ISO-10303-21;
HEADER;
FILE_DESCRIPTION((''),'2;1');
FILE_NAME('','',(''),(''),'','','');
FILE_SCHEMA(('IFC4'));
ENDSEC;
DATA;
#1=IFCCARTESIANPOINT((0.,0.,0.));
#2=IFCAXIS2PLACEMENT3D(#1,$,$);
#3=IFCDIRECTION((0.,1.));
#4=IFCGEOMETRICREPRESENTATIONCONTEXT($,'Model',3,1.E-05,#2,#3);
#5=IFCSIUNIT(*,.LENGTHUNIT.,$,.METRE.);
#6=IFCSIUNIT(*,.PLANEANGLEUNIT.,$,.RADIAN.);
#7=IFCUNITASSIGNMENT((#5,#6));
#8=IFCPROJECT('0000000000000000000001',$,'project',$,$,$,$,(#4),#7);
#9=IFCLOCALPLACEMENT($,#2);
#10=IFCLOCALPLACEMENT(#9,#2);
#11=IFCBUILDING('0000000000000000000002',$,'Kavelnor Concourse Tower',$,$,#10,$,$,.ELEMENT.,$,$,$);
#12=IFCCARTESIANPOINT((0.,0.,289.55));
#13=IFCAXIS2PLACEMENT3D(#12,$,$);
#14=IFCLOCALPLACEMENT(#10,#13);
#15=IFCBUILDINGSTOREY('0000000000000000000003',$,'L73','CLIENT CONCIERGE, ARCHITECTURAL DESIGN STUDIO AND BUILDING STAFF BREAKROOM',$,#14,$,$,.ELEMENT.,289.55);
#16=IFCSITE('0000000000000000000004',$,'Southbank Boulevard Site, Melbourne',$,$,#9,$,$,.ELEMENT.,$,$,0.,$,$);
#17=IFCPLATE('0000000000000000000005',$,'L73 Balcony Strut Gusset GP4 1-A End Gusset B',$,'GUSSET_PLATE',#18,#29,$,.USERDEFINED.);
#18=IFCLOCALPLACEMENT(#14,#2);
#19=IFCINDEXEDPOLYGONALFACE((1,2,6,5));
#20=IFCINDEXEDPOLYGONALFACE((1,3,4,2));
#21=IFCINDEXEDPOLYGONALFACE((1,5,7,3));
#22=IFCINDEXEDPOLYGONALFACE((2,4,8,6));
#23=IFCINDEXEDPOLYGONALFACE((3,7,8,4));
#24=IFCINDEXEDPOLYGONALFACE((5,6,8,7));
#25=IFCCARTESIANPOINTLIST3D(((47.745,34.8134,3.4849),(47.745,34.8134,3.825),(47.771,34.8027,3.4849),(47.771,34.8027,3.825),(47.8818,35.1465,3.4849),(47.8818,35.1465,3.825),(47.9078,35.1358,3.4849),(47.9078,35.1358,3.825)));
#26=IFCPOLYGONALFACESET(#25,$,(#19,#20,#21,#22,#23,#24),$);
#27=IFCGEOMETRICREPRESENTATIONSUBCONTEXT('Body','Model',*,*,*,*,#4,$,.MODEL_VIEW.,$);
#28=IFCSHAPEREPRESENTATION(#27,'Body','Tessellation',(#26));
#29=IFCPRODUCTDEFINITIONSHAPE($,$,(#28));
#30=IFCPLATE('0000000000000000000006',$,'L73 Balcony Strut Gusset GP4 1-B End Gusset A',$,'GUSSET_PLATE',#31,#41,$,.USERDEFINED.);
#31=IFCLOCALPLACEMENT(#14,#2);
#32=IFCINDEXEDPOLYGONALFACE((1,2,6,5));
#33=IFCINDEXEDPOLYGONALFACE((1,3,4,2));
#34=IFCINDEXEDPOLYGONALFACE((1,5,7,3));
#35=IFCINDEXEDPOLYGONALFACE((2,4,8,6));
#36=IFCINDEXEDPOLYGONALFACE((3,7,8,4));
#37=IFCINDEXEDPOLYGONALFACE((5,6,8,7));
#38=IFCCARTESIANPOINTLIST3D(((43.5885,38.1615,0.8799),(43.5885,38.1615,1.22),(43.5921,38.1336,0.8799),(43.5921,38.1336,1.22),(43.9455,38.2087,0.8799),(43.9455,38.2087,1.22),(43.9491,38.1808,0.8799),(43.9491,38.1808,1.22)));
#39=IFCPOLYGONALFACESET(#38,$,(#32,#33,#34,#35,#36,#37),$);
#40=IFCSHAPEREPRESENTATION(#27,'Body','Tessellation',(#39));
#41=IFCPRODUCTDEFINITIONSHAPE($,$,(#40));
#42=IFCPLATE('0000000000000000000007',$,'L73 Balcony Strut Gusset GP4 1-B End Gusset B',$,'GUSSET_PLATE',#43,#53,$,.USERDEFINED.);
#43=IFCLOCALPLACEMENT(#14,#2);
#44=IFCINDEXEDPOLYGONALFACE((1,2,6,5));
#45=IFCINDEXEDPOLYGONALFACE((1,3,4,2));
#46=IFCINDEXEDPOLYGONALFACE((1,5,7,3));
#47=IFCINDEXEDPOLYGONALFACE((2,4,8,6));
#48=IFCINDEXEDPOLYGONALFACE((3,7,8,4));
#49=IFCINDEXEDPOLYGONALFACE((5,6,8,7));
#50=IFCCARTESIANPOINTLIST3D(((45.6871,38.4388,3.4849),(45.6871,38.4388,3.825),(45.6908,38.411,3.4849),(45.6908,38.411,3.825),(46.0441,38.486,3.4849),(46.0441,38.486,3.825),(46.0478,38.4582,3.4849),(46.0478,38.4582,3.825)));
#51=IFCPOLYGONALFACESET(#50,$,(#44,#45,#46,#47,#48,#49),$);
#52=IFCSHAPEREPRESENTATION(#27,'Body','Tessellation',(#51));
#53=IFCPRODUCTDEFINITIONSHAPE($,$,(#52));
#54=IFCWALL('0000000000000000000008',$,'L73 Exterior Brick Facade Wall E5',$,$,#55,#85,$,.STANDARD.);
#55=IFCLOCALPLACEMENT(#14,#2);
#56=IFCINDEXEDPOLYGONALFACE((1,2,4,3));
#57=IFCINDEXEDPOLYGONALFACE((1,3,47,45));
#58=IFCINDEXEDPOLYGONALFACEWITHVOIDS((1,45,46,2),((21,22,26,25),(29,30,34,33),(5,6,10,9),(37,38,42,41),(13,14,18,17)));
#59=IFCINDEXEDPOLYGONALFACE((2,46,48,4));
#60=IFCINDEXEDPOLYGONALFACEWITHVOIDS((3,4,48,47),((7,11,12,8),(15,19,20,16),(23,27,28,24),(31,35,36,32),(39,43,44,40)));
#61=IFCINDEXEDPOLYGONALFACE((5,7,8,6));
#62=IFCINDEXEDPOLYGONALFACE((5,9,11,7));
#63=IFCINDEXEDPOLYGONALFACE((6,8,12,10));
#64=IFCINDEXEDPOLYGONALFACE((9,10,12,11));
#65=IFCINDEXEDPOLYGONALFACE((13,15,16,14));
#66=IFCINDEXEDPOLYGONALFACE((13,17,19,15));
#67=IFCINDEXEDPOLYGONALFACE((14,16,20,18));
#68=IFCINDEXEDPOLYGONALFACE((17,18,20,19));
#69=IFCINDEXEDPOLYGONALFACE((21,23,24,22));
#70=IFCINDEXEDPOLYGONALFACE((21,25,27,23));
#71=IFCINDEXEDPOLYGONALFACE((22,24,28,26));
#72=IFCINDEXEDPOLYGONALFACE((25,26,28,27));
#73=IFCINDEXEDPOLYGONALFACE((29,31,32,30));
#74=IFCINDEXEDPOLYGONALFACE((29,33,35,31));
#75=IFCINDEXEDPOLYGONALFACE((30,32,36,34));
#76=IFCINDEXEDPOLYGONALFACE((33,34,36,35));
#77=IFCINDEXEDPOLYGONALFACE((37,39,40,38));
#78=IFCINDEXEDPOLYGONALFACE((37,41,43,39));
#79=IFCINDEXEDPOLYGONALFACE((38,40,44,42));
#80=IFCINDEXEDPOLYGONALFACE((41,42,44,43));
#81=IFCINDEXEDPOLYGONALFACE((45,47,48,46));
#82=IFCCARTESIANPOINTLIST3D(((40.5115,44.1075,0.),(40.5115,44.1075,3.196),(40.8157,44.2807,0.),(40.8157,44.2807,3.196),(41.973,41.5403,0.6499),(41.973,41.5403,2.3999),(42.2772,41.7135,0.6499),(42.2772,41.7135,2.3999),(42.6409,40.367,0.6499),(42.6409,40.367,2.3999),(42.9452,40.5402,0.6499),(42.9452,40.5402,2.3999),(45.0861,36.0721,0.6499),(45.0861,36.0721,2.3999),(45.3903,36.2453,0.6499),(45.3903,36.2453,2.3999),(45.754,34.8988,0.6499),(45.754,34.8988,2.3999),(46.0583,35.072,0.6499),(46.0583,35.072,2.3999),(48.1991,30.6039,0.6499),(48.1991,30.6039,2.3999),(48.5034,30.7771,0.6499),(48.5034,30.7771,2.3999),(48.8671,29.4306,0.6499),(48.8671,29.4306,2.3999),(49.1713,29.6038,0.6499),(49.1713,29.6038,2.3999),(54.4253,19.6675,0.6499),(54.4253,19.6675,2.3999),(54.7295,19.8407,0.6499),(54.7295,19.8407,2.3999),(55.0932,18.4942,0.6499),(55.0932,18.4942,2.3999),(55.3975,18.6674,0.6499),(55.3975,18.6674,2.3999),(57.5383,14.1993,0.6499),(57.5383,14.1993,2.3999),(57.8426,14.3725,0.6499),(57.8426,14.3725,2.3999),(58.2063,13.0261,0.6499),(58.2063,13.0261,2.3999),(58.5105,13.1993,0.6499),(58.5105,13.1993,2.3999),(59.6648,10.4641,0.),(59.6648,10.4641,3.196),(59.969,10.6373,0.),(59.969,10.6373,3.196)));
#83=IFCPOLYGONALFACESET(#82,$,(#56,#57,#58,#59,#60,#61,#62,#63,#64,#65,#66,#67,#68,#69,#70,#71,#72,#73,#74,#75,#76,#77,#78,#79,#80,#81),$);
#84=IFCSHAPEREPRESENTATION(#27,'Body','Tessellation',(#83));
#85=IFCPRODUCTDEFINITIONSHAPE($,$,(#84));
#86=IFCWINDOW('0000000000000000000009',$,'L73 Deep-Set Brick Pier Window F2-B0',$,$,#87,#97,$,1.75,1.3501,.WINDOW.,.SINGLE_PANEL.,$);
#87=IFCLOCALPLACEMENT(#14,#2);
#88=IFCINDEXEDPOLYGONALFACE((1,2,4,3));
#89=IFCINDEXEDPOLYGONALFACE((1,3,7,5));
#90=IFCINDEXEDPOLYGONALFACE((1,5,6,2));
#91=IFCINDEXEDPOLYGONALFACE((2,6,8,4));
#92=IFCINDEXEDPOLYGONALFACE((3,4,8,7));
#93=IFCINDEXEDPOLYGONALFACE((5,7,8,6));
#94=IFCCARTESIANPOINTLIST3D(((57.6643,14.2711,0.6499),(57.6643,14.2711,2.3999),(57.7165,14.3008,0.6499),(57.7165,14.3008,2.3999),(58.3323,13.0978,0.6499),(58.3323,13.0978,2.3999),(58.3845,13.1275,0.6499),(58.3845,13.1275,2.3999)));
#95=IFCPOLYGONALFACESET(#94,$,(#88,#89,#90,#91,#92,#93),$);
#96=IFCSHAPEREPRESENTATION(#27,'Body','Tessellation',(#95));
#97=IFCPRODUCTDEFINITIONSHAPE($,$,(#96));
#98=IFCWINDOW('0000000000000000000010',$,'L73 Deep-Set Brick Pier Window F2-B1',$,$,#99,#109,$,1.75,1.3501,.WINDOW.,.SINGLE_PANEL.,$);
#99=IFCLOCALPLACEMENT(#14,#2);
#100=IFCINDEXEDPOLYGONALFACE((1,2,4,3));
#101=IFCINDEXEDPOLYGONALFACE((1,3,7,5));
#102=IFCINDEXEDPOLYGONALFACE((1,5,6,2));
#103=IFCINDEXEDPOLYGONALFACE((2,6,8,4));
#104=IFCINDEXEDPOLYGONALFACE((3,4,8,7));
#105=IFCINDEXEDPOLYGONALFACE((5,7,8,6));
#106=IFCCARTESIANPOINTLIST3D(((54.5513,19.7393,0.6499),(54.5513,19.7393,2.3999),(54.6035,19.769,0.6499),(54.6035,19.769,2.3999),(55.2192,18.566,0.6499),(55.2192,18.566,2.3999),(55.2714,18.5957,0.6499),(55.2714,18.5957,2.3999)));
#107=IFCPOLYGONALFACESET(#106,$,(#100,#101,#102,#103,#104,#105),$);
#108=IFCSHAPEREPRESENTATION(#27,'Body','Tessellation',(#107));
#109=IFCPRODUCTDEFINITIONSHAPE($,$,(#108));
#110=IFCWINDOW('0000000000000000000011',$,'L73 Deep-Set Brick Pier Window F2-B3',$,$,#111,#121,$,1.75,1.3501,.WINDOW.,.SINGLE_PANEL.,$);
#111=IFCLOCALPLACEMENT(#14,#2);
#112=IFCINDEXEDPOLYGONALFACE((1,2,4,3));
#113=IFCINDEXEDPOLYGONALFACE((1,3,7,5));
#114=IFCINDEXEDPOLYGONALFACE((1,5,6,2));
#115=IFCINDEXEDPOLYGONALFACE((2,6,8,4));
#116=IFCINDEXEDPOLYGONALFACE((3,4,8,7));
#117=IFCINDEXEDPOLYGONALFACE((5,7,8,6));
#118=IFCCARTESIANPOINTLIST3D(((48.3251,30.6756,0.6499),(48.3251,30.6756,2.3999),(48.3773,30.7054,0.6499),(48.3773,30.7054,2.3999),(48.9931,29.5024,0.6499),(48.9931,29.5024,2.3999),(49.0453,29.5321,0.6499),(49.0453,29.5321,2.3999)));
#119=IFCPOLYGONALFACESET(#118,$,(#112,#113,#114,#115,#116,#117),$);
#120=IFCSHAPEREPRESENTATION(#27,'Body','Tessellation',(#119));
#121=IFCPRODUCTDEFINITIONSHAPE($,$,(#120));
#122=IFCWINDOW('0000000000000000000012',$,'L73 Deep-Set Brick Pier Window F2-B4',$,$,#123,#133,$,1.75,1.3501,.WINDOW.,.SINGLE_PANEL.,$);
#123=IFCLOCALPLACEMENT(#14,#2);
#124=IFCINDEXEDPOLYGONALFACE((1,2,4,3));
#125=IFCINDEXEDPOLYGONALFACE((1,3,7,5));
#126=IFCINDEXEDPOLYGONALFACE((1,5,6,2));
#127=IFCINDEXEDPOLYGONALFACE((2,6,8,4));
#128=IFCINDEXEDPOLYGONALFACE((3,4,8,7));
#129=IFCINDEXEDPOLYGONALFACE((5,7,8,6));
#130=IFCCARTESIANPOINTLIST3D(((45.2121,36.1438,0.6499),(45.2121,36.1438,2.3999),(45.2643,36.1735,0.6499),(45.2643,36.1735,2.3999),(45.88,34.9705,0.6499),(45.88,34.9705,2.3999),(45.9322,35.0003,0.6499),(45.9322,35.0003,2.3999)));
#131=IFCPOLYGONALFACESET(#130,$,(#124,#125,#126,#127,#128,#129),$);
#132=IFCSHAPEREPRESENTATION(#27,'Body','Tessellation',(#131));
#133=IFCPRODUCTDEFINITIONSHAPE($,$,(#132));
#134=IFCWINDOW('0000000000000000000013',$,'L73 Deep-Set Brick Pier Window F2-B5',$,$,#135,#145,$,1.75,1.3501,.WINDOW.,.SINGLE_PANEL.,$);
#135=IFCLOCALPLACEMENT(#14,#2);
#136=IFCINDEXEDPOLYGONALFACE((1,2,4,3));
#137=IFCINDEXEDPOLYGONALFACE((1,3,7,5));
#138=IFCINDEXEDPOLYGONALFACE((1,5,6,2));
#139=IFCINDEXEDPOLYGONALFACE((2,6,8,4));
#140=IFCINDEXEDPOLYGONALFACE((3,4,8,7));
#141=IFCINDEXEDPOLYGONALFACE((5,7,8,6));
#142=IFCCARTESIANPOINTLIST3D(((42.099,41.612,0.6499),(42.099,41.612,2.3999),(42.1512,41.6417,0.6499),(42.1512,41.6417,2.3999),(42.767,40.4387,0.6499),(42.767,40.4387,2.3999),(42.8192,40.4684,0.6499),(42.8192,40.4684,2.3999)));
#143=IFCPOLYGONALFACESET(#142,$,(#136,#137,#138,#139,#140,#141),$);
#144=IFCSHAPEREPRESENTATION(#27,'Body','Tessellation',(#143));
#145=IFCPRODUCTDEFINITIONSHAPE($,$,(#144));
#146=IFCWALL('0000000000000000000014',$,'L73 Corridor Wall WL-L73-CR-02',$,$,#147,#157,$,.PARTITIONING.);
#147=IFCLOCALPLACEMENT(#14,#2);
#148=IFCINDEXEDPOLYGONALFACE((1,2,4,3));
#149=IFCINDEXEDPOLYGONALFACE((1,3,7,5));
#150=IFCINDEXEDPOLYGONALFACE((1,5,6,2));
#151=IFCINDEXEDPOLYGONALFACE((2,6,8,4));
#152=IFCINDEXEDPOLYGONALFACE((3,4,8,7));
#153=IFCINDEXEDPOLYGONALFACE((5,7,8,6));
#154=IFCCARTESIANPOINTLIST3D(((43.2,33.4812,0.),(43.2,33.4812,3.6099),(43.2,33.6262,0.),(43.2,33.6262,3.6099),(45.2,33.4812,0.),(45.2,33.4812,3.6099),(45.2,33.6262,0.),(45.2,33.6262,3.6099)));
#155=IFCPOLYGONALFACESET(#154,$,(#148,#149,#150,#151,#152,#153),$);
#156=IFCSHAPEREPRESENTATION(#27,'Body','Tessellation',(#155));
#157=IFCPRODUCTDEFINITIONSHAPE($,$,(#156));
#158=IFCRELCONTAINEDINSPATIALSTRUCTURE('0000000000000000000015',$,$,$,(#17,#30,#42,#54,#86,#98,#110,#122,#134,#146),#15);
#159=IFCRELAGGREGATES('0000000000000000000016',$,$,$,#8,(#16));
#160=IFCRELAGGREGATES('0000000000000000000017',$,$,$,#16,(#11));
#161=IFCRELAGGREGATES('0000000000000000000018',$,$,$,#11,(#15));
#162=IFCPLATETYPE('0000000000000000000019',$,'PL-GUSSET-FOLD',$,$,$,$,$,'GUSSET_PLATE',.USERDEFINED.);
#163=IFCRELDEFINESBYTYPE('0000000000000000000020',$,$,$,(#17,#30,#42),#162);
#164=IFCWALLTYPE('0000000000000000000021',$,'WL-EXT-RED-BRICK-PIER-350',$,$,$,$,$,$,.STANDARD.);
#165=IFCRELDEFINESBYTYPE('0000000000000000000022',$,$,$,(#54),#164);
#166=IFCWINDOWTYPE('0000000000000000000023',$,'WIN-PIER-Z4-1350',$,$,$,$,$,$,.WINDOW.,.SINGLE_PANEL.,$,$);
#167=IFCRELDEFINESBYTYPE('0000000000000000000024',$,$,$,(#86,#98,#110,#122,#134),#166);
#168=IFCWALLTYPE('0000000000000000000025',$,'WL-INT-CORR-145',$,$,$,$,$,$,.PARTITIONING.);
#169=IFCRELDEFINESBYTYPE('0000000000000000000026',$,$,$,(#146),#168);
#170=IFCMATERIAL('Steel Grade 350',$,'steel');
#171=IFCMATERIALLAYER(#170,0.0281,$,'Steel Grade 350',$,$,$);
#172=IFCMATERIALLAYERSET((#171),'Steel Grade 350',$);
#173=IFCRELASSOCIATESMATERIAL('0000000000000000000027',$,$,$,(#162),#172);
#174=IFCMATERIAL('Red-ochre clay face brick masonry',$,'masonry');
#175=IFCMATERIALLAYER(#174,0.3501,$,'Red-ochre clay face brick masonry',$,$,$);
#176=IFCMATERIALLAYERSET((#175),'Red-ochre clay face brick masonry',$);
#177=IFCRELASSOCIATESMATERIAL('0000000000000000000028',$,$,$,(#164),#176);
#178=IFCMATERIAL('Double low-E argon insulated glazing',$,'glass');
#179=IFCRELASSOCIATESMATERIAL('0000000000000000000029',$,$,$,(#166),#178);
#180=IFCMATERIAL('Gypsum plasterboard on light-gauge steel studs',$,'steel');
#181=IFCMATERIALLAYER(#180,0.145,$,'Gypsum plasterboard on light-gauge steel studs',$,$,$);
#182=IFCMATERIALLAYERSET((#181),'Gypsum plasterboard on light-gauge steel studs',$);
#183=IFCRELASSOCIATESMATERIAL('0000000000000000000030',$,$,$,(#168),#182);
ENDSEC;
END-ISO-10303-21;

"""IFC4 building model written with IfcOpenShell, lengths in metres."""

from ifc_helpers import new_model, si_unit, direction, frame, frame_2d, origin, origin_2d, place, context, subcontext, project, spatial, rectangle, extrude, material, layer, layer_set, type_object, element, fill, save


model = new_model("IFC4")

# Units and contexts
model_context = context("Model", 3, precision=1e-05, world=origin(), true_north=direction((0.0, 1.0)))
body_context = subcontext(model_context, "Body", "Model", "MODEL_VIEW")
ifc_project = project(units=[si_unit("LENGTHUNIT", "METRE"), si_unit("PLANEANGLEUNIT", "RADIAN")], contexts=[model_context])

# Site, building, storey
site_placement = place(None, origin())
site = spatial("IfcSite", under=ifc_project, at=site_placement, Name="Southbank Boulevard Site, Melbourne", CompositionType="ELEMENT", RefElevation=0.0)
building_placement = place(site_placement, origin())
building = spatial("IfcBuilding", under=site, at=building_placement, Name="Kavelnor Concourse Tower", CompositionType="ELEMENT")
storey_placement = place(building_placement, frame((0.0, 0.0, 289.55)))
storey = spatial("IfcBuildingStorey", under=building, at=storey_placement, Name="L73", Description="CLIENT CONCIERGE, ARCHITECTURAL DESIGN STUDIO AND BUILDING STAFF BREAKROOM", CompositionType="ELEMENT", Elevation=289.55)

# Shared definitions
ifc_material_1 = material(Name="Steel Grade 350", Category="steel")

# Plates
ifc_layer_1 = layer(ifc_material_1, 0.0281, Name="Steel Grade 350")
ifc_layer_set_1 = layer_set([ifc_layer_1], Name="Steel Grade 350")
plate_type = type_object("IfcPlateType", Name="PL-GUSSET-FOLD", ElementType="GUSSET_PLATE", PredefinedType="USERDEFINED", material=ifc_layer_set_1)
for number, where, z_axis, x_axis, name in (
    (1, (47.8264, 34.9746, 3.4849), (0.0, 0.0, 1.0), (0.379941, 0.925011, 0.0), "L73 Balcony Strut Gusset GP4 1-A End Gusset B"),
    (2, (43.7688, 38.1711, 0.8799), (0.0, 0.0, 1.0), (0.991376, 0.131045, 0.0), "L73 Balcony Strut Gusset GP4 1-B End Gusset A"),
    (3, (45.8674, 38.4485, 3.4849), (0.0, 0.0, 1.0), (0.991376, 0.131045, 0.0), "L73 Balcony Strut Gusset GP4 1-B End Gusset B"),
):
    element("IfcPlate", number, at=place(storey_placement, frame(where, z_axis=z_axis, x_axis=x_axis)), inside=storey, type_object=plate_type, Name=name, ObjectType="GUSSET_PLATE", PredefinedType="USERDEFINED", context=body_context, shape_type="SweptSolid", body=[
        extrude(rectangle(XDim=0.3601, YDim=0.0281, at=origin_2d()), origin(), (0.0, 0.0, 1.0), 0.3401),
    ])

# Wall, openings, windows
ifc_material_2 = material(Name="Red-ochre clay face brick masonry", Category="masonry")
ifc_layer_2 = layer(ifc_material_2, 0.3501, Name="Red-ochre clay face brick masonry")
ifc_layer_set_2 = layer_set([ifc_layer_2], Name="Red-ochre clay face brick masonry")
wall_type_1 = type_object("IfcWallType", Name="WL-EXT-RED-BRICK-PIER-350", PredefinedType="STANDARD", material=ifc_layer_set_2)
wall_1_placement = place(storey_placement, frame((40.6636, 44.1941, 0.0), z_axis=(0.0, 0.0, 1.0), x_axis=(0.494747, -0.869037, 0.0)))
wall_1 = element("IfcWall", 4, at=wall_1_placement, inside=storey, type_object=wall_type_1, Name="L73 Exterior Brick Facade Wall E5", PredefinedType="STANDARD", context=body_context, shape_type="SweptSolid", body=[
    extrude(rectangle(XDim=38.7134, YDim=0.3501, at=frame_2d((19.3567, 0.0))), origin(), (0.0, 0.0, 1.0), 3.196),
])
opening_1_placement = place(wall_1_placement, frame((34.4153, 0.0, 0.6499)))
opening_1 = element("IfcOpeningElement", 5, at=opening_1_placement, cuts=wall_1, PredefinedType="OPENING", context=body_context, shape_type="SweptSolid", body=[
    extrude(rectangle(XDim=1.3501, YDim=1.75, at=frame_2d((0.675, 0.875))), frame((0.0, 0.1851, 0.0), z_axis=(0.0, -1.0, 0.0), x_axis=(1.0, 0.0, 0.0)), (0.0, 0.0, 1.0), 0.3701),
])
opening_2_placement = place(wall_1_placement, frame((28.123, 0.0, 0.6499)))
opening_2 = element("IfcOpeningElement", 6, at=opening_2_placement, cuts=wall_1, PredefinedType="OPENING", context=body_context, shape_type="SweptSolid", body=[
    extrude(rectangle(XDim=1.3501, YDim=1.75, at=frame_2d((0.675, 0.875))), frame((0.0, 0.1851, 0.0), z_axis=(0.0, -1.0, 0.0), x_axis=(1.0, 0.0, 0.0)), (0.0, 0.0, 1.0), 0.3701),
])
opening_3_placement = place(wall_1_placement, frame((15.5386, 0.0, 0.6499)))
opening_3 = element("IfcOpeningElement", 7, at=opening_3_placement, cuts=wall_1, PredefinedType="OPENING", context=body_context, shape_type="SweptSolid", body=[
    extrude(rectangle(XDim=1.3501, YDim=1.75, at=frame_2d((0.675, 0.875))), frame((0.0, 0.1851, 0.0), z_axis=(0.0, -1.0, 0.0), x_axis=(1.0, 0.0, 0.0)), (0.0, 0.0, 1.0), 0.3701),
])
opening_4_placement = place(wall_1_placement, frame((9.2463, 0.0, 0.6499)))
opening_4 = element("IfcOpeningElement", 8, at=opening_4_placement, cuts=wall_1, PredefinedType="OPENING", context=body_context, shape_type="SweptSolid", body=[
    extrude(rectangle(XDim=1.3501, YDim=1.75, at=frame_2d((0.675, 0.875))), frame((0.0, 0.1851, 0.0), z_axis=(0.0, -1.0, 0.0), x_axis=(1.0, 0.0, 0.0)), (0.0, 0.0, 1.0), 0.3701),
])
opening_5_placement = place(wall_1_placement, frame((2.9541, 0.0, 0.6499)))
opening_5 = element("IfcOpeningElement", 9, at=opening_5_placement, cuts=wall_1, PredefinedType="OPENING", context=body_context, shape_type="SweptSolid", body=[
    extrude(rectangle(XDim=1.3501, YDim=1.75, at=frame_2d((0.675, 0.875))), frame((0.0, 0.1851, 0.0), z_axis=(0.0, -1.0, 0.0), x_axis=(1.0, 0.0, 0.0)), (0.0, 0.0, 1.0), 0.3701),
])
ifc_material_3 = material(Name="Double low-E argon insulated glazing", Category="glass")
window_type = type_object("IfcWindowType", Name="WIN-PIER-Z4-1350", PartitioningType="SINGLE_PANEL", PredefinedType="WINDOW", material=ifc_material_3)
window_1_placement = place(opening_1_placement, origin())
window_1 = element("IfcWindow", 10, at=window_1_placement, inside=storey, type_object=window_type, Name="L73 Deep-Set Brick Pier Window F2-B0", OverallHeight=1.75, OverallWidth=1.3501, PartitioningType="SINGLE_PANEL", PredefinedType="WINDOW", context=body_context, shape_type="SweptSolid", body=[
    extrude(rectangle(XDim=1.3501, YDim=1.75, at=frame_2d((0.675, 0.875))), frame((0.0, 0.03, 0.0), z_axis=(0.0, -1.0, 0.0), x_axis=(1.0, 0.0, 0.0)), (0.0, 0.0, 1.0), 0.0601),
])
fill(opening_1, window_1)
window_2_placement = place(opening_2_placement, origin())
window_2 = element("IfcWindow", 11, at=window_2_placement, inside=storey, type_object=window_type, Name="L73 Deep-Set Brick Pier Window F2-B1", OverallHeight=1.75, OverallWidth=1.3501, PartitioningType="SINGLE_PANEL", PredefinedType="WINDOW", context=body_context, shape_type="SweptSolid", body=[
    extrude(rectangle(XDim=1.3501, YDim=1.75, at=frame_2d((0.675, 0.875))), frame((0.0, 0.03, 0.0), z_axis=(0.0, -1.0, 0.0), x_axis=(1.0, 0.0, 0.0)), (0.0, 0.0, 1.0), 0.0601),
])
fill(opening_2, window_2)
window_3_placement = place(opening_3_placement, origin())
window_3 = element("IfcWindow", 12, at=window_3_placement, inside=storey, type_object=window_type, Name="L73 Deep-Set Brick Pier Window F2-B3", OverallHeight=1.75, OverallWidth=1.3501, PartitioningType="SINGLE_PANEL", PredefinedType="WINDOW", context=body_context, shape_type="SweptSolid", body=[
    extrude(rectangle(XDim=1.3501, YDim=1.75, at=frame_2d((0.675, 0.875))), frame((0.0, 0.03, 0.0), z_axis=(0.0, -1.0, 0.0), x_axis=(1.0, 0.0, 0.0)), (0.0, 0.0, 1.0), 0.0601),
])
fill(opening_3, window_3)
window_4_placement = place(opening_4_placement, origin())
window_4 = element("IfcWindow", 13, at=window_4_placement, inside=storey, type_object=window_type, Name="L73 Deep-Set Brick Pier Window F2-B4", OverallHeight=1.75, OverallWidth=1.3501, PartitioningType="SINGLE_PANEL", PredefinedType="WINDOW", context=body_context, shape_type="SweptSolid", body=[
    extrude(rectangle(XDim=1.3501, YDim=1.75, at=frame_2d((0.675, 0.875))), frame((0.0, 0.03, 0.0), z_axis=(0.0, -1.0, 0.0), x_axis=(1.0, 0.0, 0.0)), (0.0, 0.0, 1.0), 0.0601),
])
fill(opening_4, window_4)
window_5_placement = place(opening_5_placement, origin())
window_5 = element("IfcWindow", 14, at=window_5_placement, inside=storey, type_object=window_type, Name="L73 Deep-Set Brick Pier Window F2-B5", OverallHeight=1.75, OverallWidth=1.3501, PartitioningType="SINGLE_PANEL", PredefinedType="WINDOW", context=body_context, shape_type="SweptSolid", body=[
    extrude(rectangle(XDim=1.3501, YDim=1.75, at=frame_2d((0.675, 0.875))), frame((0.0, 0.03, 0.0), z_axis=(0.0, -1.0, 0.0), x_axis=(1.0, 0.0, 0.0)), (0.0, 0.0, 1.0), 0.0601),
])
fill(opening_5, window_5)

# Wall
ifc_material_4 = material(Name="Gypsum plasterboard on light-gauge steel studs", Category="steel")
ifc_layer_3 = layer(ifc_material_4, 0.145, Name="Gypsum plasterboard on light-gauge steel studs")
ifc_layer_set_3 = layer_set([ifc_layer_3], Name="Gypsum plasterboard on light-gauge steel studs")
wall_type_2 = type_object("IfcWallType", Name="WL-INT-CORR-145", PredefinedType="PARTITIONING", material=ifc_layer_set_3)
wall_2_placement = place(storey_placement, frame((43.2, 33.5537, 0.0), z_axis=(0.0, 0.0, 1.0), x_axis=(1.0, 0.0, 0.0)))
element("IfcWall", 15, at=wall_2_placement, inside=storey, type_object=wall_type_2, Name="L73 Corridor Wall WL-L73-CR-02", PredefinedType="PARTITIONING", context=body_context, shape_type="SweptSolid", body=[
    extrude(rectangle(XDim=2.0, YDim=0.145, at=frame_2d((1.0, 0.0))), origin(), (0.0, 0.0, 1.0), 3.6099),
])

save(model, "model.ifc")
